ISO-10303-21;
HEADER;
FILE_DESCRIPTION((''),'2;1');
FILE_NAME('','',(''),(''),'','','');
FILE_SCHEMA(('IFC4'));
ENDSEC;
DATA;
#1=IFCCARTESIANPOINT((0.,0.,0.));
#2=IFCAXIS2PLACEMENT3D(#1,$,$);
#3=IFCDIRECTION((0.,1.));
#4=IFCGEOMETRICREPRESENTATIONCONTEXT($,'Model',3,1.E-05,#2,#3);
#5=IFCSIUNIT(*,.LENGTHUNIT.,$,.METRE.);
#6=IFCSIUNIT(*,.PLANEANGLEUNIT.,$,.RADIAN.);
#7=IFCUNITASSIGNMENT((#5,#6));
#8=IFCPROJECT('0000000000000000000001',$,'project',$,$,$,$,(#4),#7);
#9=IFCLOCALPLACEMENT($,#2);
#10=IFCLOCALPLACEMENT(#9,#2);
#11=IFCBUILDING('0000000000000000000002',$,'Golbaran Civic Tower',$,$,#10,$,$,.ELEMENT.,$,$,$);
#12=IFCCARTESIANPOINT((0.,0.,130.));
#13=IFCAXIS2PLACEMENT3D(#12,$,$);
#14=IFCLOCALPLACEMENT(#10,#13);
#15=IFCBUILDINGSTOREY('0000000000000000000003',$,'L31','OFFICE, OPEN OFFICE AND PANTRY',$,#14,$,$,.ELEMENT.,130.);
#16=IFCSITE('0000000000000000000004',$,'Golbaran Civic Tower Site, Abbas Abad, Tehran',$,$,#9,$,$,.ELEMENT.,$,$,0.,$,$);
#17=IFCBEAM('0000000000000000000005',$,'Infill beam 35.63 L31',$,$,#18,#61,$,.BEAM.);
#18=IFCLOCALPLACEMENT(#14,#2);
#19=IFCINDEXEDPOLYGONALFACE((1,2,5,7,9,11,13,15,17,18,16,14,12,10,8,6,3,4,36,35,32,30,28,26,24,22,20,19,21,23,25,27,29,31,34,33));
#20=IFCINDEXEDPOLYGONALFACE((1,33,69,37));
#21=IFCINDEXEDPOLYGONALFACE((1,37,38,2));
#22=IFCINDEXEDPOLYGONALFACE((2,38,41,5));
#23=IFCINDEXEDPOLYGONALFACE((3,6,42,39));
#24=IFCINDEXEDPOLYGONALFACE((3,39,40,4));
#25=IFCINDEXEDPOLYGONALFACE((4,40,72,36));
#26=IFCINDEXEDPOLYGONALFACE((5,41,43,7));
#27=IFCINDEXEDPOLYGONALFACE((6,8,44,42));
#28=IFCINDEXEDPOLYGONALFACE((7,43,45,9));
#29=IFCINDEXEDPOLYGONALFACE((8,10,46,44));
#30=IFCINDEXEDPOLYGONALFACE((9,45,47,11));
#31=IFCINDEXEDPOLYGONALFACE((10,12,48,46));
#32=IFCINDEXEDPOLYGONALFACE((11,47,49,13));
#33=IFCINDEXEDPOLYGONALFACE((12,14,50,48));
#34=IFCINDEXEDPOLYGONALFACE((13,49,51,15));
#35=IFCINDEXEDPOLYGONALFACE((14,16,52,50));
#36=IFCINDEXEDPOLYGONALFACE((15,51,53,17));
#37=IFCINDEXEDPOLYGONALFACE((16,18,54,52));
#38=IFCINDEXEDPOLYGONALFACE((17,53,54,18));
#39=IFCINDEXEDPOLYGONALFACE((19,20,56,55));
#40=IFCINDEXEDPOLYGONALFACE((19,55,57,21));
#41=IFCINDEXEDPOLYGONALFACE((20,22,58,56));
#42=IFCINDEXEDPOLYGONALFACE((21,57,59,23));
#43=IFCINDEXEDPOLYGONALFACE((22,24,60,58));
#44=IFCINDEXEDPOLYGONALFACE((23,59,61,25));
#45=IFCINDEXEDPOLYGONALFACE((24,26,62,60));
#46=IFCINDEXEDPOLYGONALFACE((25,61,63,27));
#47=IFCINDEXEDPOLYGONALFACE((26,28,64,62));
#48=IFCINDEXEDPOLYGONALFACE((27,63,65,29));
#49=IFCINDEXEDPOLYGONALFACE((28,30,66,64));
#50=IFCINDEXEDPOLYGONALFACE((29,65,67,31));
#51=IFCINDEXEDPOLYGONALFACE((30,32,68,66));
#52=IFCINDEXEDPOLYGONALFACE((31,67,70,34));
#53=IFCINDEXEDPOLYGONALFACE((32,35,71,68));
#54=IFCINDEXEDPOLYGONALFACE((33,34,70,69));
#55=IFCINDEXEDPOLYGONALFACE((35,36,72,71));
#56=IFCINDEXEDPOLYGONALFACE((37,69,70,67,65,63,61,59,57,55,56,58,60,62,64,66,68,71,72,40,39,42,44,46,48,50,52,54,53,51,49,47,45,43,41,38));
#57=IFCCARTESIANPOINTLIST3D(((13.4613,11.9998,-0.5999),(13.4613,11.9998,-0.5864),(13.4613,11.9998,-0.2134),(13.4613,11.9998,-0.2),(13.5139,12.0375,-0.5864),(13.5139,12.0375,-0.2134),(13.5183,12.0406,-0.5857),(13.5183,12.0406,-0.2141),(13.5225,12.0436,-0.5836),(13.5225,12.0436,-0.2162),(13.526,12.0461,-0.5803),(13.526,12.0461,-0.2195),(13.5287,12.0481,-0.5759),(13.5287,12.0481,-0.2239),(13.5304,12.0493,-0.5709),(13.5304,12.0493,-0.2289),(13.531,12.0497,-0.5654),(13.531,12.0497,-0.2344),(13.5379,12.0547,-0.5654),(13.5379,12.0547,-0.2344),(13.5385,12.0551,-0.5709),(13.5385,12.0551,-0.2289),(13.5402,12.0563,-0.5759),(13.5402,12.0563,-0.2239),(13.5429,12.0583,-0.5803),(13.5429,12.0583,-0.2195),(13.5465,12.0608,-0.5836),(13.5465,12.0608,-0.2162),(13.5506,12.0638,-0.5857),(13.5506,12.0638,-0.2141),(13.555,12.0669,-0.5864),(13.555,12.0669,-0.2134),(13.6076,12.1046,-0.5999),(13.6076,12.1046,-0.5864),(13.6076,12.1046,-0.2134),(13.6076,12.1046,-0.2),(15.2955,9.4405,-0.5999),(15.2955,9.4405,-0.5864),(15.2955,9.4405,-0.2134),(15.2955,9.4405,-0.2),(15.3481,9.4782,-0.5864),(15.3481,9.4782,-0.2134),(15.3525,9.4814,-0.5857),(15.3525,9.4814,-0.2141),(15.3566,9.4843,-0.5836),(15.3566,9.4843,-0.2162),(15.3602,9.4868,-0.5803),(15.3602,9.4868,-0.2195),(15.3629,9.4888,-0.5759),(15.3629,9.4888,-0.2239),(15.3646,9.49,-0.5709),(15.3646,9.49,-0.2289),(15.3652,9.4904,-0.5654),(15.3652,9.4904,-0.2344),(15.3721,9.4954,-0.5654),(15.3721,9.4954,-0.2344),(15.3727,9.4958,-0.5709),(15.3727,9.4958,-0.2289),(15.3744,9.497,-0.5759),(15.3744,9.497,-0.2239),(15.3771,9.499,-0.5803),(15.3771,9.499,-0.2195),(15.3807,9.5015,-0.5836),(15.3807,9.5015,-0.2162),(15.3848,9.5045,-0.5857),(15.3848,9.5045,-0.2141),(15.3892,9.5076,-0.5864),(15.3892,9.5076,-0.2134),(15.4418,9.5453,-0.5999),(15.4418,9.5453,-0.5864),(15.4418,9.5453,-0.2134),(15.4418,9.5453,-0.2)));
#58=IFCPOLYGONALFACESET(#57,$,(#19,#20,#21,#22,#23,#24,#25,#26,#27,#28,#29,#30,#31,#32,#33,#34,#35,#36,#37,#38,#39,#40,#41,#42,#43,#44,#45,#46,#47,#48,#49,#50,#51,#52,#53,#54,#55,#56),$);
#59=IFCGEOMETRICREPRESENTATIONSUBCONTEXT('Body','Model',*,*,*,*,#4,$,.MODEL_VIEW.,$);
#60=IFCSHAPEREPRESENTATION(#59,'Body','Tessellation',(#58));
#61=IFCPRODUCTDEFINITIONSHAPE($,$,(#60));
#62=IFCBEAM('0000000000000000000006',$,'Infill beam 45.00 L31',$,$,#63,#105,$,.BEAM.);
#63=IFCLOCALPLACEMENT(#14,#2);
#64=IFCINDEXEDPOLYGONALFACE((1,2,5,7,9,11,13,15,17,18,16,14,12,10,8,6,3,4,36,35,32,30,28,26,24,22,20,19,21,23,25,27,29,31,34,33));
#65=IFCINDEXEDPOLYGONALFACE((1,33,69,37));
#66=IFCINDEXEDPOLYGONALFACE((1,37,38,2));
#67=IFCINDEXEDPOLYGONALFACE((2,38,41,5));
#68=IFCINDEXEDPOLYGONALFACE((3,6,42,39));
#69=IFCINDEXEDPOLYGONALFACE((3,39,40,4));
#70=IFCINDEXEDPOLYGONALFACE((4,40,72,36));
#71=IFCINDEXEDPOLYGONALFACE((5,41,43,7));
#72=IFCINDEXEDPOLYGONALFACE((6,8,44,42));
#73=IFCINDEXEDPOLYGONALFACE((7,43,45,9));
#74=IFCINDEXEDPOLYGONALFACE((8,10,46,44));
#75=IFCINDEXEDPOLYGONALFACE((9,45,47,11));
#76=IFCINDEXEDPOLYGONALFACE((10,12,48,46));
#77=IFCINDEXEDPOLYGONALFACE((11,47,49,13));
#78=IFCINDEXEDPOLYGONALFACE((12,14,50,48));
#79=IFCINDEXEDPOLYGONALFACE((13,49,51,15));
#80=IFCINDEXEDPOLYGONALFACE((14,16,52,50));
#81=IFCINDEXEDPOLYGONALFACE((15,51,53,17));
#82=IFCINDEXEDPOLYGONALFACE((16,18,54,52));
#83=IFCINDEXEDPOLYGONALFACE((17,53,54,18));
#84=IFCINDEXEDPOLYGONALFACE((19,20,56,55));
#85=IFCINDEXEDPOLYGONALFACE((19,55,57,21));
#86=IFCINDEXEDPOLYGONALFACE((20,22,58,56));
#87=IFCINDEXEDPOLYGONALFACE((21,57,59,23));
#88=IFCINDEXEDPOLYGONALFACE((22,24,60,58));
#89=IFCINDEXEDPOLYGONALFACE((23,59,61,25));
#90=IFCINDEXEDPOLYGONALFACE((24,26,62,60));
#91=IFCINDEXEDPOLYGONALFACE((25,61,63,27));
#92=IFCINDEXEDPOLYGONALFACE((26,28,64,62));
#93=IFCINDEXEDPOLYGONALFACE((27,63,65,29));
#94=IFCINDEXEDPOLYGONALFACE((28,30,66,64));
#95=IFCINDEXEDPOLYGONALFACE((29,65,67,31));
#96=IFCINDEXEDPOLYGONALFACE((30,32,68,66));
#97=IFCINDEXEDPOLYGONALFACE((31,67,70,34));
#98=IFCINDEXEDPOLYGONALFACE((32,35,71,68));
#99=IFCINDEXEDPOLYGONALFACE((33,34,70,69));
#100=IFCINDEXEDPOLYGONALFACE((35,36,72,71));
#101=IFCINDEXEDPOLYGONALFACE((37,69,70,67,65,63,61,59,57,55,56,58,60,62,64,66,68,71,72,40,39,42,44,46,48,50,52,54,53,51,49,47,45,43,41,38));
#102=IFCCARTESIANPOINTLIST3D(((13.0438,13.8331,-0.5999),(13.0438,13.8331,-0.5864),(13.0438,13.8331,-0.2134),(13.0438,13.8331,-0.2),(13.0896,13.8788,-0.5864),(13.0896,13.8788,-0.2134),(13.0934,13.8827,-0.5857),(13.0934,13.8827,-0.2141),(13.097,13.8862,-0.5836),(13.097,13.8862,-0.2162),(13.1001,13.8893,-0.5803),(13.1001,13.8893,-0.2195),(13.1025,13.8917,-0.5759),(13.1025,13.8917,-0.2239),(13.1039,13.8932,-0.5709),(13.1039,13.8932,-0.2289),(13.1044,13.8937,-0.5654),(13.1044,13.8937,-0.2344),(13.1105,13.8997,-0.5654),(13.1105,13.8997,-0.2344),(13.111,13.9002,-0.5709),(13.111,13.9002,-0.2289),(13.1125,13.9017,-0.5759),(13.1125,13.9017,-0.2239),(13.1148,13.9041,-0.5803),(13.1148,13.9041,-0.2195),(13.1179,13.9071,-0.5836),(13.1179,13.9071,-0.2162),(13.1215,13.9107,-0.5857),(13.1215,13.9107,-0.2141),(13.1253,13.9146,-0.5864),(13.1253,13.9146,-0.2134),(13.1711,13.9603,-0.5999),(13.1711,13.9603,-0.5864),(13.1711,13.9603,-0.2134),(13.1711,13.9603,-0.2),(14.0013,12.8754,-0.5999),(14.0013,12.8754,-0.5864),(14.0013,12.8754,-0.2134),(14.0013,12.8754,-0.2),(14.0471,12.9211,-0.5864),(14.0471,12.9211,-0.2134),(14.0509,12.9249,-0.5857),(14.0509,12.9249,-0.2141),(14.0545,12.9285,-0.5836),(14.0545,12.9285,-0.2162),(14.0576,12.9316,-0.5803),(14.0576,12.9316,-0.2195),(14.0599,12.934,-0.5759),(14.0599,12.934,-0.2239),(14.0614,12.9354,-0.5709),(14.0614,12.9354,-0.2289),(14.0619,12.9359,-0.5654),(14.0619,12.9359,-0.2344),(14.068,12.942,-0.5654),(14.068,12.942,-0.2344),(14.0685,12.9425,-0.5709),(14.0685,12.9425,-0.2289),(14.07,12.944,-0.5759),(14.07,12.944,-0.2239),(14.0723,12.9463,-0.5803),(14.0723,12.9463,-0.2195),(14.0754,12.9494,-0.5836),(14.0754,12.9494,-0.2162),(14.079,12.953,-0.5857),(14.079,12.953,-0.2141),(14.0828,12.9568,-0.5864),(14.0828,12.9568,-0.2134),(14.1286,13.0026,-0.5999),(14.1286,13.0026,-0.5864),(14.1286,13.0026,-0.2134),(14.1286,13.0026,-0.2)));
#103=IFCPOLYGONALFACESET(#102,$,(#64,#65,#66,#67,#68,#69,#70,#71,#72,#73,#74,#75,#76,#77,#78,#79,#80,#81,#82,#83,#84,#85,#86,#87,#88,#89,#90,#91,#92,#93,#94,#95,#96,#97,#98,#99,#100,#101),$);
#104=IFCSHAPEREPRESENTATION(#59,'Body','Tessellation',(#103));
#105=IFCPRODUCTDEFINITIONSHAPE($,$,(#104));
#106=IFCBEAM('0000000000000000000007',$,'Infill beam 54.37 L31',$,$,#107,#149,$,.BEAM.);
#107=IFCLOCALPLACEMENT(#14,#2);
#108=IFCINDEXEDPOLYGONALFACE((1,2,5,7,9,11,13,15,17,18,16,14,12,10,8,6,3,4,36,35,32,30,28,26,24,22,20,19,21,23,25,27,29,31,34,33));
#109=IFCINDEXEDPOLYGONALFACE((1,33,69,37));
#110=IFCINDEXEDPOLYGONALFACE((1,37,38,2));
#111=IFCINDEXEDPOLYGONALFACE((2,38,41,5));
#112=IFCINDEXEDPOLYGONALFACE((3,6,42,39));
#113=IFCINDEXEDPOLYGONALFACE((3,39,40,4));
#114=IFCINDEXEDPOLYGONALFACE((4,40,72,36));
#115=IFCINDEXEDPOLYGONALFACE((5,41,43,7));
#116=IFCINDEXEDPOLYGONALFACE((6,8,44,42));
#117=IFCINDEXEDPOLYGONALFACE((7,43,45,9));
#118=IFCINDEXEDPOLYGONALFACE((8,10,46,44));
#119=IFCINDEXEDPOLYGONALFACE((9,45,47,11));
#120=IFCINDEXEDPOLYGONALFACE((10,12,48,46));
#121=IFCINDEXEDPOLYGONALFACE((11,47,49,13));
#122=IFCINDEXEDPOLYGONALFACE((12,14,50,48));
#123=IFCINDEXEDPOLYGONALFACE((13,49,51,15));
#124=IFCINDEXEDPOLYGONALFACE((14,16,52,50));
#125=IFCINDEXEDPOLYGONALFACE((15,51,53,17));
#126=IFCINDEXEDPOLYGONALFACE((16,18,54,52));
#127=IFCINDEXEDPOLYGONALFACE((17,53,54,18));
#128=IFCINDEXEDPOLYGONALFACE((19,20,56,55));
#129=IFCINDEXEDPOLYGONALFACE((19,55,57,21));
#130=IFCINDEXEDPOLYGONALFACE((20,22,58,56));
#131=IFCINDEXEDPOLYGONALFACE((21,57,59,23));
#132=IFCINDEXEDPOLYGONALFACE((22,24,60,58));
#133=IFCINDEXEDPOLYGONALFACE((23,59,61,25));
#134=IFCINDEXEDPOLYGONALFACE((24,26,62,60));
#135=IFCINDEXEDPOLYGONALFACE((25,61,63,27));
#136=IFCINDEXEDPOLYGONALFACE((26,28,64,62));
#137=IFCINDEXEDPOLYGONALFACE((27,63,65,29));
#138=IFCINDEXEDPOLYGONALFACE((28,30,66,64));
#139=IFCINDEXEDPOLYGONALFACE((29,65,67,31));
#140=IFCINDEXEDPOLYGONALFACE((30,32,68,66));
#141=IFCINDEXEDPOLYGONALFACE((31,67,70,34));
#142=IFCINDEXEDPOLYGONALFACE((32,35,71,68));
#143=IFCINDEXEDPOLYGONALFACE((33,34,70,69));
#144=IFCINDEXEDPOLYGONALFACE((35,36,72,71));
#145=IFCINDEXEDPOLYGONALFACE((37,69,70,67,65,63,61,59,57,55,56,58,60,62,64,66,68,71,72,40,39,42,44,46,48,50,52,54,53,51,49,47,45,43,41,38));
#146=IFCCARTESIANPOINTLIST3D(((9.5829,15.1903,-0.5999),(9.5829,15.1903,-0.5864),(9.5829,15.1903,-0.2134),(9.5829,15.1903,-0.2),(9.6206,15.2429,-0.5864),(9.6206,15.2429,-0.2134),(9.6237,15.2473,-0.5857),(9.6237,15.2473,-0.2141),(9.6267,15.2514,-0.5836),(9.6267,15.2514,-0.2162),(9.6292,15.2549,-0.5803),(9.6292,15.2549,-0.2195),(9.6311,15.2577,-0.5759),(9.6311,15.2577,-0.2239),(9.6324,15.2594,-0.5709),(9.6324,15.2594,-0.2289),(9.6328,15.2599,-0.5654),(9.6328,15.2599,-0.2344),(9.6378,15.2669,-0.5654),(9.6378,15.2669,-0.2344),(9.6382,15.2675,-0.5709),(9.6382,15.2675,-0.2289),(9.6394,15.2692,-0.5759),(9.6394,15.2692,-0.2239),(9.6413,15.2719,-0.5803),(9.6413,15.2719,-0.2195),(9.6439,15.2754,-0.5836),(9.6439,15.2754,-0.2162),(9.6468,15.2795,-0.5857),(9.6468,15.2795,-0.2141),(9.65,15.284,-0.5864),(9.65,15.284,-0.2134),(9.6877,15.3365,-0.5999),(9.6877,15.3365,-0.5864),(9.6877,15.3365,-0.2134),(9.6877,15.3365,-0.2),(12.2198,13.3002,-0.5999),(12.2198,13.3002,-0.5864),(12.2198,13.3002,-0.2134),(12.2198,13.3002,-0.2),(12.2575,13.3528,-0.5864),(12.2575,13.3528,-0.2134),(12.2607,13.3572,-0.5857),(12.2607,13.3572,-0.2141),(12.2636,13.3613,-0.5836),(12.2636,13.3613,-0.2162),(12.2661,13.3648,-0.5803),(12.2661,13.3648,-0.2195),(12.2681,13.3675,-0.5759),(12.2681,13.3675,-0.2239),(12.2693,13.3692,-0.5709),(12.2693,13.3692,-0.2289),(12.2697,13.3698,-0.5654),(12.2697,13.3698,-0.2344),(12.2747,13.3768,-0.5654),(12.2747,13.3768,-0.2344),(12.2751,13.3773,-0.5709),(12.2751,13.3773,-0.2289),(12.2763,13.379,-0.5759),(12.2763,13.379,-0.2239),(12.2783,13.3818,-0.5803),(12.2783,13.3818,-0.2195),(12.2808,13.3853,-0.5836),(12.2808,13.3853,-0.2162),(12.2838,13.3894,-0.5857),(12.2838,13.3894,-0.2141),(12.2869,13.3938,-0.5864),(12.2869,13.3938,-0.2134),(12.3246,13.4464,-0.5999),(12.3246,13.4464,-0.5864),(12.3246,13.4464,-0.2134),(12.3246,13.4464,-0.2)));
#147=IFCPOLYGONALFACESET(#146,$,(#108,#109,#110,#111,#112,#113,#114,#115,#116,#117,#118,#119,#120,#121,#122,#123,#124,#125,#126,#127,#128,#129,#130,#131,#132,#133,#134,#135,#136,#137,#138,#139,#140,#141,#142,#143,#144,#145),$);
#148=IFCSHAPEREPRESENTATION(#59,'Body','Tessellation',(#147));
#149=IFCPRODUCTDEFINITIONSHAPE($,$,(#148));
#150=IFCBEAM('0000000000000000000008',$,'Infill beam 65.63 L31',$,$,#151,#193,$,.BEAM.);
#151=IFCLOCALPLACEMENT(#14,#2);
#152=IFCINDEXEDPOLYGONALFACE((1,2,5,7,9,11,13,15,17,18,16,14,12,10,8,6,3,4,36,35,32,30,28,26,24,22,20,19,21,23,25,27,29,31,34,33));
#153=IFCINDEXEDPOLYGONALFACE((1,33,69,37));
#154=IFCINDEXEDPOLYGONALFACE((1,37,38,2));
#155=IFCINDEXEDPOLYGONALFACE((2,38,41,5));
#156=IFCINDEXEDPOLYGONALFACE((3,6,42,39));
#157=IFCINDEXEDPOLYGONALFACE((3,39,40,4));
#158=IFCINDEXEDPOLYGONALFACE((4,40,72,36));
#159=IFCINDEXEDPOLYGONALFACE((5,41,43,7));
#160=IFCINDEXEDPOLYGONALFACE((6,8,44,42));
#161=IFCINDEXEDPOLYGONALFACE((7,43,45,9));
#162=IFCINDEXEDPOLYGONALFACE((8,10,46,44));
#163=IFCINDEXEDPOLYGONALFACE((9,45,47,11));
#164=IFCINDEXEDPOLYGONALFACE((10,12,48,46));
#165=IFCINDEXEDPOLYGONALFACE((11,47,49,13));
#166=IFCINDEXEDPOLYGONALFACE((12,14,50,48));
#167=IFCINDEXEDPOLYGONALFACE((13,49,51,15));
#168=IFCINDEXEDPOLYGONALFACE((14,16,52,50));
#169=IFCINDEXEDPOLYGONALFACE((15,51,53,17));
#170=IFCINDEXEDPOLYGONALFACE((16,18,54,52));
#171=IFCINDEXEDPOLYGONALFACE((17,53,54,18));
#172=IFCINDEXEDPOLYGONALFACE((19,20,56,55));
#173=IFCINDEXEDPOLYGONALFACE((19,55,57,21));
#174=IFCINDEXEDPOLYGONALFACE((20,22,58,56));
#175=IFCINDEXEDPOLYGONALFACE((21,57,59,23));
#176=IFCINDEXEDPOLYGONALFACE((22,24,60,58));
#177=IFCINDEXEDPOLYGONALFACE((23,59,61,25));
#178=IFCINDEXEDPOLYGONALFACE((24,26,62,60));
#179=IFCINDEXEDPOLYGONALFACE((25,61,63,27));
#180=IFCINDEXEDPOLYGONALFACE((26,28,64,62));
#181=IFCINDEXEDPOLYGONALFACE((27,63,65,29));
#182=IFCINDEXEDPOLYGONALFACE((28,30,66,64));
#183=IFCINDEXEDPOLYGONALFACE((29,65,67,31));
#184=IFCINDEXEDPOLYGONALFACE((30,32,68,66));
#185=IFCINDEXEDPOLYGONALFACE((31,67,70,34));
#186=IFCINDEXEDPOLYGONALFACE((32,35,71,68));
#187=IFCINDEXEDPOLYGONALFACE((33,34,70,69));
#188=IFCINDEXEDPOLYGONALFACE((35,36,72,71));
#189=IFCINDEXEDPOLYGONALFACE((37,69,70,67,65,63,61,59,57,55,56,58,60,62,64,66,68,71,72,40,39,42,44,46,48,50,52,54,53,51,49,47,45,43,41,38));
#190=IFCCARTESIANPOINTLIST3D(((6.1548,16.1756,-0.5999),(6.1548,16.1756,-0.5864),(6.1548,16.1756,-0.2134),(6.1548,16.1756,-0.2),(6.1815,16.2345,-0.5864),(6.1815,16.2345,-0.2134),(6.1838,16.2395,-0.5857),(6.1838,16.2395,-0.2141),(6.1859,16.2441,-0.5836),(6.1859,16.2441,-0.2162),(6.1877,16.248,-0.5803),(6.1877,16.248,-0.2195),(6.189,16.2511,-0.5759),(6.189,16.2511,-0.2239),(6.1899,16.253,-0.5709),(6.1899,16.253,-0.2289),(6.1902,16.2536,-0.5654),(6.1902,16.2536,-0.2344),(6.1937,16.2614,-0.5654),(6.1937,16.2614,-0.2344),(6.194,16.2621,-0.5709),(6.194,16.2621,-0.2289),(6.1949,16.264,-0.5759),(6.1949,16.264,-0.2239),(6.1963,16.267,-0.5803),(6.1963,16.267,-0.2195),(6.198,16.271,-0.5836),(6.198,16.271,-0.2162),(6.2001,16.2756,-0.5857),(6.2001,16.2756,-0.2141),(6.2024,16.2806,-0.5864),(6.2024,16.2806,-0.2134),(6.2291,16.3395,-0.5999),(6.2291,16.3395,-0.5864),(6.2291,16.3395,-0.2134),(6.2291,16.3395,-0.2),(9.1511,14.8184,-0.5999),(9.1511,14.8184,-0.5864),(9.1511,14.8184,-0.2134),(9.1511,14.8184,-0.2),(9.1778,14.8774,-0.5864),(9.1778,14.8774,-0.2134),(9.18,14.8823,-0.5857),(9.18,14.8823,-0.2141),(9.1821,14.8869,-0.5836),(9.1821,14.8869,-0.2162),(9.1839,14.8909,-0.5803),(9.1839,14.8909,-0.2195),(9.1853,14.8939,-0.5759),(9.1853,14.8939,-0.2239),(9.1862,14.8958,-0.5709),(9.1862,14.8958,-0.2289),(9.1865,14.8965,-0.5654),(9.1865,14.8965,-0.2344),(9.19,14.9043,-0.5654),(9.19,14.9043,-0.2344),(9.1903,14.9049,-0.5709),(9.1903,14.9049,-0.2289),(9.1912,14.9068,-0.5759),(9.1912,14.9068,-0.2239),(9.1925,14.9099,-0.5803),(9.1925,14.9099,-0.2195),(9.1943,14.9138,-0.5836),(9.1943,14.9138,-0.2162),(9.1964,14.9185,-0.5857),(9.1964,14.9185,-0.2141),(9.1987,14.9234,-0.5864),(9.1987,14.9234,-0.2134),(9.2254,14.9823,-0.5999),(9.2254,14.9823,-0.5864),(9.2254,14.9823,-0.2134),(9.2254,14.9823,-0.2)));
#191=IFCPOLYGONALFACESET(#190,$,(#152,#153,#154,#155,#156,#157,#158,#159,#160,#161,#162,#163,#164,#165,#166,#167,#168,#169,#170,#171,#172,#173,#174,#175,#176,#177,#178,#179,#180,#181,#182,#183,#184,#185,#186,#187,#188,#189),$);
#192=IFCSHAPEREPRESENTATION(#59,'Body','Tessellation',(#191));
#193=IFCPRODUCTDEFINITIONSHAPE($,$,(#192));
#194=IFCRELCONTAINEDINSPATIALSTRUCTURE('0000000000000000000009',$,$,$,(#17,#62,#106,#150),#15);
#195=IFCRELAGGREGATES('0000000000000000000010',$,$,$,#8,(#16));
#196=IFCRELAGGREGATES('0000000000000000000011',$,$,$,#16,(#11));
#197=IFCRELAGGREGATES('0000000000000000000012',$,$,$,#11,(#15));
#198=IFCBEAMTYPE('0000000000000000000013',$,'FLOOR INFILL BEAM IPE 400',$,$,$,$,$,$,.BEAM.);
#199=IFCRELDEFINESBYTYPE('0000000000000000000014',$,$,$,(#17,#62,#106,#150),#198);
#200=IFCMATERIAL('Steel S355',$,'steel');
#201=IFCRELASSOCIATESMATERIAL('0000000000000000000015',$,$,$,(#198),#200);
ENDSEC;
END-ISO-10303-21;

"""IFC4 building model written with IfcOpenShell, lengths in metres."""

from ifc_helpers import new_model, si_unit, direction, frame, origin, origin_2d, place, context, subcontext, project, spatial, i_section, extrude, material, material_profile, profile_set, type_object, element, save


model = new_model("IFC4")

# Units and contexts
model_context = context("Model", 3, precision=1e-05, world=origin(), true_north=direction((0.0, 1.0)))
body_context = subcontext(model_context, "Body", "Model", "MODEL_VIEW")
ifc_project = project(units=[si_unit("LENGTHUNIT", "METRE"), si_unit("PLANEANGLEUNIT", "RADIAN")], contexts=[model_context])

# Site, building, storey
site_placement = place(None, origin())
site = spatial("IfcSite", under=ifc_project, at=site_placement, Name="Golbaran Civic Tower Site, Abbas Abad, Tehran", CompositionType="ELEMENT", RefElevation=0.0)
building_placement = place(site_placement, origin())
building = spatial("IfcBuilding", under=site, at=building_placement, Name="Golbaran Civic Tower", CompositionType="ELEMENT")
storey_placement = place(building_placement, frame((0.0, 0.0, 130.0)))
storey = spatial("IfcBuildingStorey", under=building, at=storey_placement, Name="L31", Description="OFFICE, OPEN OFFICE AND PANTRY", CompositionType="ELEMENT", Elevation=130.0)

# Beams
ifc_material_1 = material(Name="Steel S355", Category="steel")
ifc_material_profile_1 = material_profile(ifc_material_1, i_section(OverallWidth=0.1799, OverallDepth=0.3999, WebThickness=0.0085, FlangeThickness=0.0134, FilletRadius=0.021, at=origin_2d()), Name="IPE 400")
ifc_profile_set_1 = profile_set([ifc_material_profile_1], Name="Steel S355")
beam_type_1 = type_object("IfcBeamType", Name="FLOOR INFILL BEAM IPE 400", PredefinedType="BEAM", material=ifc_profile_set_1)
beam_1_placement = place(storey_placement, frame((15.3687, 9.4929, -0.3999), z_axis=(-0.582528, 0.81281, 0.0), x_axis=(-0.81281, -0.582528, 0.0)))
element("IfcBeam", 1, at=beam_1_placement, inside=storey, type_object=beam_type_1, Name="Infill beam 35.63 L31", PredefinedType="BEAM", context=body_context, shape_type="SweptSolid", body=[
    extrude(i_section(OverallWidth=0.1799, OverallDepth=0.3999, WebThickness=0.0085, FlangeThickness=0.0134, FilletRadius=0.021, at=origin_2d()), origin(), (0.0, 0.0, 1.0), 3.1487),
])
beam_2_placement = place(storey_placement, frame((14.0649, 12.939, -0.3999), z_axis=(-0.707017, 0.707197, 0.0), x_axis=(-0.707197, -0.707017, 0.0)))
element("IfcBeam", 2, at=beam_2_placement, inside=storey, type_object=beam_type_1, Name="Infill beam 45.00 L31", PredefinedType="BEAM", context=body_context, shape_type="SweptSolid", body=[
    extrude(i_section(OverallWidth=0.1799, OverallDepth=0.3999, WebThickness=0.0085, FlangeThickness=0.0134, FilletRadius=0.021, at=origin_2d()), origin(), (0.0, 0.0, 1.0), 1.3542),
])
beam_3_placement = place(storey_placement, frame((12.2722, 13.3733, -0.3999), z_axis=(-0.812771, 0.582583, 0.0), x_axis=(-0.582583, -0.812771, 0.0)))
element("IfcBeam", 3, at=beam_3_placement, inside=storey, type_object=beam_type_1, Name="Infill beam 54.37 L31", PredefinedType="BEAM", context=body_context, shape_type="SweptSolid", body=[
    extrude(i_section(OverallWidth=0.1799, OverallDepth=0.3999, WebThickness=0.0085, FlangeThickness=0.0134, FilletRadius=0.021, at=origin_2d()), origin(), (0.0, 0.0, 1.0), 3.2444),
])
beam_4_placement = place(storey_placement, frame((9.1882, 14.9004, -0.3999), z_axis=(-0.910915, 0.412595, 0.0), x_axis=(-0.412595, -0.910915, 0.0)))
element("IfcBeam", 4, at=beam_4_placement, inside=storey, type_object=beam_type_1, Name="Infill beam 65.63 L31", PredefinedType="BEAM", context=body_context, shape_type="SweptSolid", body=[
    extrude(i_section(OverallWidth=0.1799, OverallDepth=0.3999, WebThickness=0.0085, FlangeThickness=0.0134, FilletRadius=0.021, at=origin_2d()), origin(), (0.0, 0.0, 1.0), 3.2893),
])

save(model, "model.ifc")
